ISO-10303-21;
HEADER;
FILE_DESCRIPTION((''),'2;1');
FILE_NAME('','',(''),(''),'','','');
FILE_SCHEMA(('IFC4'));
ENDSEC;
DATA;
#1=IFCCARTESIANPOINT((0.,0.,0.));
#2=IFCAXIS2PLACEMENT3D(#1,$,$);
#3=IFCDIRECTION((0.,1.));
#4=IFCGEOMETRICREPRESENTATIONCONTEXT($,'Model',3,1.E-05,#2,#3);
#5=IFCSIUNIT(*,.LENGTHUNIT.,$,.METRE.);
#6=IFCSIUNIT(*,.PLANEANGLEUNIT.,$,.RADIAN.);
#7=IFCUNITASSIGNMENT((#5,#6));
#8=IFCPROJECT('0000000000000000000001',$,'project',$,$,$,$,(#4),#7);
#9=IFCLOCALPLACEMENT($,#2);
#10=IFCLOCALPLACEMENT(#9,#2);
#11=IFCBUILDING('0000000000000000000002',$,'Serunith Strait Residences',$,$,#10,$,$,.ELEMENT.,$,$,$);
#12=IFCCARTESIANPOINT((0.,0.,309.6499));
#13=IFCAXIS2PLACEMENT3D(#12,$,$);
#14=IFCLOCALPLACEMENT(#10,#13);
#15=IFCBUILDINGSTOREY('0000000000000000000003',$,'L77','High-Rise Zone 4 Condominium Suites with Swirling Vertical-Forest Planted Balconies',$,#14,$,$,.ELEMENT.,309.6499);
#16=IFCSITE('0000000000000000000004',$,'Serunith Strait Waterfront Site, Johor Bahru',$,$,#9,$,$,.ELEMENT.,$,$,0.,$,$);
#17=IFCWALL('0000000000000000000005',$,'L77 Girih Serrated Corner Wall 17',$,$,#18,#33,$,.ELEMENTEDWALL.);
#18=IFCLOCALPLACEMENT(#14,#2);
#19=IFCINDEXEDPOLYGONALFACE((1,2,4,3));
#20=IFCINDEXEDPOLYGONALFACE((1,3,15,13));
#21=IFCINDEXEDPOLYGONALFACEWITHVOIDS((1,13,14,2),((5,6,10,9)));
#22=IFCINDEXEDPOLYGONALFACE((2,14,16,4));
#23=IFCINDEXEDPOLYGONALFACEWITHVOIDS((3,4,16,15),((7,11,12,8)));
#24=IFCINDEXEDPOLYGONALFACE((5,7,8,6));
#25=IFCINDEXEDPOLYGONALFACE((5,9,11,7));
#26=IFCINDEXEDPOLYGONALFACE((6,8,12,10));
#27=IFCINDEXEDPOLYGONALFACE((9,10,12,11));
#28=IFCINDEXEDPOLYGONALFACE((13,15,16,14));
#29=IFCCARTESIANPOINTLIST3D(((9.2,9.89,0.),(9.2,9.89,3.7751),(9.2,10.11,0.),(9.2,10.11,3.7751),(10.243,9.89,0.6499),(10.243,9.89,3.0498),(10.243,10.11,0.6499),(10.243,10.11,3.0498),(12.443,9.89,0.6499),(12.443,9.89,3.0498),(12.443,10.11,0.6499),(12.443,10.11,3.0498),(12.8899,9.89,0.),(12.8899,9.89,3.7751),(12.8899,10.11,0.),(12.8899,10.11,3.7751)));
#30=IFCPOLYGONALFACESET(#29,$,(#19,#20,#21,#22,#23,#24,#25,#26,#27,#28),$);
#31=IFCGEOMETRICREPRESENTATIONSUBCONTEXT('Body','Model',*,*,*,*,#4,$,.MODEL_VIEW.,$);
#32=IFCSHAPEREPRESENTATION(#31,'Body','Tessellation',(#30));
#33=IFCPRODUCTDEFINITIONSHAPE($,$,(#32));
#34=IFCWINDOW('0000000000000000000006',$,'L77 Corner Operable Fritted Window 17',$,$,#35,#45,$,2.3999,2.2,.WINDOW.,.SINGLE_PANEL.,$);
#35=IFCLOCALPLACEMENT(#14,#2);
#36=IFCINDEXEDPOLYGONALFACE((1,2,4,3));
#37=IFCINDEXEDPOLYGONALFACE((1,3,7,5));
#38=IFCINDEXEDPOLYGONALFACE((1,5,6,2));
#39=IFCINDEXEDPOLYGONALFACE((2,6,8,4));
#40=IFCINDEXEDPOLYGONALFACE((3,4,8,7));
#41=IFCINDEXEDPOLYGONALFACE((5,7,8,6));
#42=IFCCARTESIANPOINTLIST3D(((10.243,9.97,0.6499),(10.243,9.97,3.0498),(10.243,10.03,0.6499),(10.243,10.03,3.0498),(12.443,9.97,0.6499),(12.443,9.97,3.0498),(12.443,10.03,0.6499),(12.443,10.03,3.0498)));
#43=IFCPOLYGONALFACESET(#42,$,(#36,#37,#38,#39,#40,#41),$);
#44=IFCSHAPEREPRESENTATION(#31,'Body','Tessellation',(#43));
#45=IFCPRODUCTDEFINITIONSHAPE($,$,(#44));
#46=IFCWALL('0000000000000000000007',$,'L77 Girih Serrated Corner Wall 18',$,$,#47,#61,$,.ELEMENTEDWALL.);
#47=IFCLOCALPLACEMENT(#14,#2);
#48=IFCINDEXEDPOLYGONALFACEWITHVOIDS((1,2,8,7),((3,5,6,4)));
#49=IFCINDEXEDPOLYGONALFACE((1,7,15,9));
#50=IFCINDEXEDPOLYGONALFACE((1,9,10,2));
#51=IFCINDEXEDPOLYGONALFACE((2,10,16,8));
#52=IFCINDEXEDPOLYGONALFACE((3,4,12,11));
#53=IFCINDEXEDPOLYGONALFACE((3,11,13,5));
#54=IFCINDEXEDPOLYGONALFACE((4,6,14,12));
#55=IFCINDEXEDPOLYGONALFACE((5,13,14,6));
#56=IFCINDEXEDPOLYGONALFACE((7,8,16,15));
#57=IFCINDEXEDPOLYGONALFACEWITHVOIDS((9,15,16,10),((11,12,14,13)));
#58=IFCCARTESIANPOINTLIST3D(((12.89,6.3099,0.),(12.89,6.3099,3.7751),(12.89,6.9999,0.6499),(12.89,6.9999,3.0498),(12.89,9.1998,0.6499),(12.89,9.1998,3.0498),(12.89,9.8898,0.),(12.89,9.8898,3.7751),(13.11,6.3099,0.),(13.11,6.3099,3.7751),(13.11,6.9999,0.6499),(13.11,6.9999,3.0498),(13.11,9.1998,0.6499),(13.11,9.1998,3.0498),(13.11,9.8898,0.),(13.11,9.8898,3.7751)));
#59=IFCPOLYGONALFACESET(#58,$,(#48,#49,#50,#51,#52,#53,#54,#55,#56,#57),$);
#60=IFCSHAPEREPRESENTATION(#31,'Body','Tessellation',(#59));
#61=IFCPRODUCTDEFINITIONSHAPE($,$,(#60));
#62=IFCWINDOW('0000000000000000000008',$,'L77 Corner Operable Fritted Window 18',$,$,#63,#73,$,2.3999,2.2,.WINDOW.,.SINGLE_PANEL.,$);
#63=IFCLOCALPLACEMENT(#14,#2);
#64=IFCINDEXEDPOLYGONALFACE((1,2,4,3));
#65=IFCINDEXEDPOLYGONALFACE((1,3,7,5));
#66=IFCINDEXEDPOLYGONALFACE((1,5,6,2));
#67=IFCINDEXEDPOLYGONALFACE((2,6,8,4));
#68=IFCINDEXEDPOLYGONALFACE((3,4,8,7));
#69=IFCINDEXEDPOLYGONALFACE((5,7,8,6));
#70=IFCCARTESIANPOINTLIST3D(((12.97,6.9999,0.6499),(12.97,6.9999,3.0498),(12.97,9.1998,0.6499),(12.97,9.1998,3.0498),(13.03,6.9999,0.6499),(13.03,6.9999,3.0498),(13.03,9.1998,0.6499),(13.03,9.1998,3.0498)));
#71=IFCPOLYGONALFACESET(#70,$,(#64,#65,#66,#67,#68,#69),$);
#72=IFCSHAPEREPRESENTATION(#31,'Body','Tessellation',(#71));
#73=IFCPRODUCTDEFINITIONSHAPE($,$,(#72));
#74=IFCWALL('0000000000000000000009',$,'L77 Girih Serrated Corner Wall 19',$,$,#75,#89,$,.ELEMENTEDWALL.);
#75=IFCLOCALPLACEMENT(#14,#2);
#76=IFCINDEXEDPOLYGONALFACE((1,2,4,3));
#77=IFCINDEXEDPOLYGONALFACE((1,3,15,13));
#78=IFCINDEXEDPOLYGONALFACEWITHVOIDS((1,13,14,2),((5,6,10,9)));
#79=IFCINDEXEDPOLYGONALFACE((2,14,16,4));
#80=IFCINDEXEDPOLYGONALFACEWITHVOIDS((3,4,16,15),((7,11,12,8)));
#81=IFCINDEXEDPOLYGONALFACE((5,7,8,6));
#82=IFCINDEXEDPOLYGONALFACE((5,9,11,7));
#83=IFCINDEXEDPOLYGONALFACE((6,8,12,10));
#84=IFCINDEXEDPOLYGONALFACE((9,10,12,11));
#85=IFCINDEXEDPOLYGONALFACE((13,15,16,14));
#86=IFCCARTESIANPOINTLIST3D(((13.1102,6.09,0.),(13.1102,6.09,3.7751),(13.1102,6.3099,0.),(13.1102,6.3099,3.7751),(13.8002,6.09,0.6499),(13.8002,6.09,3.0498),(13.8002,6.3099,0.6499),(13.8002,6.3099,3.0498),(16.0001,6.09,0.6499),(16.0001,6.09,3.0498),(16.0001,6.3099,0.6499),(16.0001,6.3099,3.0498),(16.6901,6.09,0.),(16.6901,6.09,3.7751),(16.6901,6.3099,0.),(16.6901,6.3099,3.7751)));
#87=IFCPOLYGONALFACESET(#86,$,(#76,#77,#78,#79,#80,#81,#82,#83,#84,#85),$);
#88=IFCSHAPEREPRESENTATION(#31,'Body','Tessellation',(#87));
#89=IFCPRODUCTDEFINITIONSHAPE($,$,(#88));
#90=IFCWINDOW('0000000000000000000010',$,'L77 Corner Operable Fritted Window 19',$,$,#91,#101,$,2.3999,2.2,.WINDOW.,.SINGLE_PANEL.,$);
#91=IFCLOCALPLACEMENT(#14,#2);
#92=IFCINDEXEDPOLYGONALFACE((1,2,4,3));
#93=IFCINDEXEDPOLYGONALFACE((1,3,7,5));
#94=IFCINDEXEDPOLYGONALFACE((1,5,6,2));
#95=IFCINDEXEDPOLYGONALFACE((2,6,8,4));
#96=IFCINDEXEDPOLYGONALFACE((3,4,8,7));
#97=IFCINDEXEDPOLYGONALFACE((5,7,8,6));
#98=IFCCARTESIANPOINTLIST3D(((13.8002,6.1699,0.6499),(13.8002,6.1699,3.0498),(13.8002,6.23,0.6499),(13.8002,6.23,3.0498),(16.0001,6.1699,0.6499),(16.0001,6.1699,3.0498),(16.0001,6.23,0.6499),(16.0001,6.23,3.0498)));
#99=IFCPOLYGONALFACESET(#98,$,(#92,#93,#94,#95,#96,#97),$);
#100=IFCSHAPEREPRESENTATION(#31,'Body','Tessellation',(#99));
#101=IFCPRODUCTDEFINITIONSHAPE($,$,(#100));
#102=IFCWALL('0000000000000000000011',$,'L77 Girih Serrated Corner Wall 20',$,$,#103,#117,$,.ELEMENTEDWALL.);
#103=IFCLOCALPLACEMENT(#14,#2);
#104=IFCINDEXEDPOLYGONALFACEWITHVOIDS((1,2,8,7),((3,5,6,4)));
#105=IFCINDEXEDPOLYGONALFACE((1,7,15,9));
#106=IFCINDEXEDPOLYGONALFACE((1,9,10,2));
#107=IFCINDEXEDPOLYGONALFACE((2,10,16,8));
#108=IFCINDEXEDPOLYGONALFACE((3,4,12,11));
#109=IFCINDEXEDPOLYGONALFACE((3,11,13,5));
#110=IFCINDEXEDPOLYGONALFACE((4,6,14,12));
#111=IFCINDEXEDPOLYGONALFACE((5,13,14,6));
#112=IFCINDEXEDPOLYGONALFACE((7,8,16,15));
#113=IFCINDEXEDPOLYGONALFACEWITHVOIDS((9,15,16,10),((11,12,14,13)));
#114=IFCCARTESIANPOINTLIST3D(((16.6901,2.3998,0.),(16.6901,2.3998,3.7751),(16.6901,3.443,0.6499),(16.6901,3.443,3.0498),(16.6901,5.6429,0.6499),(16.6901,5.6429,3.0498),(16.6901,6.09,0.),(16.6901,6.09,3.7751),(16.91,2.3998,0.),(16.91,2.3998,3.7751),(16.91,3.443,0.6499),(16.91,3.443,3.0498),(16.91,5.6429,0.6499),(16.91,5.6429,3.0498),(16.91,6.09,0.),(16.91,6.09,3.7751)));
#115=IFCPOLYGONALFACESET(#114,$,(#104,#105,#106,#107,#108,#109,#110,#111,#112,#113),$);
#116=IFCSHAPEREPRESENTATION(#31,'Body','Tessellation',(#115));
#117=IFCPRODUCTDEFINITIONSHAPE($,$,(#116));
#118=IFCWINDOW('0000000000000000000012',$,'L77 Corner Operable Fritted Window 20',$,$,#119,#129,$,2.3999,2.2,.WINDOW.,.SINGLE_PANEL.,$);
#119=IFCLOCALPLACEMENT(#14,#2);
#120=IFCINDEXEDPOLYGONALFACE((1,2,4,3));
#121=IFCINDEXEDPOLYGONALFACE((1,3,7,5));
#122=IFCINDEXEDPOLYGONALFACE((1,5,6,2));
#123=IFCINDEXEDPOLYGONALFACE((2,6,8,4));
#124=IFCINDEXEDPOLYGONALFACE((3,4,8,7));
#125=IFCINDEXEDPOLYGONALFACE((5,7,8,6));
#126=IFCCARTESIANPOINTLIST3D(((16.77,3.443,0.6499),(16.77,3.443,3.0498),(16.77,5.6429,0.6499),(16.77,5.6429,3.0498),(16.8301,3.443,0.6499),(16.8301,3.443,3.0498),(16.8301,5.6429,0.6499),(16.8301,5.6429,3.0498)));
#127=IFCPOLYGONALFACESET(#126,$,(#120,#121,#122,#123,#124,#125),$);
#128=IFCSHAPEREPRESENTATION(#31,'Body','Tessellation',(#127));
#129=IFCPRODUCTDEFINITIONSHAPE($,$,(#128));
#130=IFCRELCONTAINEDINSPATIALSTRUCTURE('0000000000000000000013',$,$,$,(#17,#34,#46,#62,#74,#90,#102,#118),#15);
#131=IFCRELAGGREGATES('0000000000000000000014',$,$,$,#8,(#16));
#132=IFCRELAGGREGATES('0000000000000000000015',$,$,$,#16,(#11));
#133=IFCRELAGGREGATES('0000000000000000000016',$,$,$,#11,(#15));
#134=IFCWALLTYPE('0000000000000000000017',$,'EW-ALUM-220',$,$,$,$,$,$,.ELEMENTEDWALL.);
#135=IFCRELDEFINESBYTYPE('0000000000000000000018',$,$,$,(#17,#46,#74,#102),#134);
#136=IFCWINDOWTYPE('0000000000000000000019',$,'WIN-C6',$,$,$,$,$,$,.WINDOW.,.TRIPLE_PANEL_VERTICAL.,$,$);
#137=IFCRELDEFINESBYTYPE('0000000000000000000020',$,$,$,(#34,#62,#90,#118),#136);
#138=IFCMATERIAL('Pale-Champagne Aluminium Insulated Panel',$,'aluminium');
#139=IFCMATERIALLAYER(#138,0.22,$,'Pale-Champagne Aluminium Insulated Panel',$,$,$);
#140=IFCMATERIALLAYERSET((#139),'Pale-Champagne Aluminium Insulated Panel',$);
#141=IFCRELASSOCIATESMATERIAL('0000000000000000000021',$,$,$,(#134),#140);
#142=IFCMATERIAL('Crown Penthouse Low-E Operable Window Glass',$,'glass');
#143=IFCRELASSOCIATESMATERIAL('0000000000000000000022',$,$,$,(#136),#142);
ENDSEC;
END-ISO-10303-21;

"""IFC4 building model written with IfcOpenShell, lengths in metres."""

from ifc_helpers import new_model, si_unit, direction, frame, frame_2d, origin, place, context, subcontext, project, spatial, rectangle, extrude, source, transform, mapped, material, layer, layer_set, type_object, element, fill, save


model = new_model("IFC4")

# Units and contexts
model_context = context("Model", 3, precision=1e-05, world=origin(), true_north=direction((0.0, 1.0)))
body_context = subcontext(model_context, "Body", "Model", "MODEL_VIEW")
ifc_project = project(units=[si_unit("LENGTHUNIT", "METRE"), si_unit("PLANEANGLEUNIT", "RADIAN")], contexts=[model_context])

# Site, building, storey
site_placement = place(None, origin())
site = spatial("IfcSite", under=ifc_project, at=site_placement, Name="Serunith Strait Waterfront Site, Johor Bahru", CompositionType="ELEMENT", RefElevation=0.0)
building_placement = place(site_placement, origin())
building = spatial("IfcBuilding", under=site, at=building_placement, Name="Serunith Strait Residences", CompositionType="ELEMENT")
storey_placement = place(building_placement, frame((0.0, 0.0, 309.6499)))
storey = spatial("IfcBuildingStorey", under=building, at=storey_placement, Name="L77", Description="High-Rise Zone 4 Condominium Suites with Swirling Vertical-Forest Planted Balconies", CompositionType="ELEMENT", Elevation=309.6499)

# Walls, openings, windows
ifc_material_1 = material(Name="Pale-Champagne Aluminium Insulated Panel", Category="aluminium")
ifc_layer_1 = layer(ifc_material_1, 0.22, Name="Pale-Champagne Aluminium Insulated Panel")
ifc_layer_set_1 = layer_set([ifc_layer_1], Name="Pale-Champagne Aluminium Insulated Panel")
wall_type = type_object("IfcWallType", Name="EW-ALUM-220", PredefinedType="ELEMENTEDWALL", material=ifc_layer_set_1)
wall_1_placement = place(storey_placement, frame((9.2, 10.0, 0.0), z_axis=(0.0, 0.0, 1.0), x_axis=(1.0, 0.0, 0.0)))
wall_1 = element("IfcWall", 1, at=wall_1_placement, inside=storey, type_object=wall_type, Name="L77 Girih Serrated Corner Wall 17", PredefinedType="ELEMENTEDWALL", context=body_context, shape_type="SweptSolid", body=[
    extrude(rectangle(XDim=3.6899, YDim=0.22, at=frame_2d((1.845, 0.0))), origin(), (0.0, 0.0, 1.0), 3.7751),
])
opening_1_placement = place(wall_1_placement, frame((1.043, 0.0, 0.6499)))
opening_1 = element("IfcOpeningElement", 2, at=opening_1_placement, cuts=wall_1, PredefinedType="OPENING", context=body_context, shape_type="SweptSolid", body=[
    extrude(rectangle(XDim=2.2, YDim=2.3999, at=frame_2d((1.1001, 1.2))), frame((0.0, 0.1201, 0.0), z_axis=(0.0, -1.0, 0.0), x_axis=(1.0, 0.0, 0.0)), (0.0, 0.0, 1.0), 0.24),
])
ifc_material_2 = material(Name="Crown Penthouse Low-E Operable Window Glass", Category="glass")
window_type = type_object("IfcWindowType", Name="WIN-C6", PartitioningType="TRIPLE_PANEL_VERTICAL", PredefinedType="WINDOW", material=ifc_material_2)
shared_shape_1 = source(origin(), body_context, "Body", "SweptSolid", [
    extrude(rectangle(XDim=2.2, YDim=2.3999, at=frame_2d((1.1001, 1.2))), frame((0.0, 0.03, 0.0), z_axis=(0.0, -1.0, 0.0), x_axis=(1.0, 0.0, 0.0)), (0.0, 0.0, 1.0), 0.0601),
])
window_1_placement = place(opening_1_placement, origin())
window_1 = element("IfcWindow", 3, at=window_1_placement, inside=storey, type_object=window_type, Name="L77 Corner Operable Fritted Window 17", OverallHeight=2.3999, OverallWidth=2.2, PartitioningType="SINGLE_PANEL", PredefinedType="WINDOW", context=body_context, shape_type="MappedRepresentation", body=[
    mapped(shared_shape_1, transform((0.0, 0.0, 0.0), scale=1.0)),
])
fill(opening_1, window_1)
wall_2_placement = place(storey_placement, frame((13.0, 9.8899, 0.0), z_axis=(0.0, 0.0, 1.0), x_axis=(0.0, -1.0, 0.0)))
wall_2 = element("IfcWall", 4, at=wall_2_placement, inside=storey, type_object=wall_type, Name="L77 Girih Serrated Corner Wall 18", PredefinedType="ELEMENTEDWALL", context=body_context, shape_type="SweptSolid", body=[
    extrude(rectangle(XDim=3.5798, YDim=0.22, at=frame_2d((1.79, 0.0))), origin(), (0.0, 0.0, 1.0), 3.7751),
])
opening_2_placement = place(wall_2_placement, frame((0.6899, 0.0, 0.6499)))
opening_2 = element("IfcOpeningElement", 5, at=opening_2_placement, cuts=wall_2, PredefinedType="OPENING", context=body_context, shape_type="SweptSolid", body=[
    extrude(rectangle(XDim=2.2, YDim=2.3999, at=frame_2d((1.1001, 1.2))), frame((0.0, 0.1201, 0.0), z_axis=(0.0, -1.0, 0.0), x_axis=(1.0, 0.0, 0.0)), (0.0, 0.0, 1.0), 0.24),
])
window_2_placement = place(opening_2_placement, origin())
window_2 = element("IfcWindow", 6, at=window_2_placement, inside=storey, type_object=window_type, Name="L77 Corner Operable Fritted Window 18", OverallHeight=2.3999, OverallWidth=2.2, PartitioningType="SINGLE_PANEL", PredefinedType="WINDOW", context=body_context, shape_type="MappedRepresentation", body=[
    mapped(shared_shape_1, transform((0.0, 0.0, 0.0), scale=1.0)),
])
fill(opening_2, window_2)
wall_3_placement = place(storey_placement, frame((13.1101, 6.2, 0.0), z_axis=(0.0, 0.0, 1.0), x_axis=(1.0, 0.0, 0.0)))
wall_3 = element("IfcWall", 7, at=wall_3_placement, inside=storey, type_object=wall_type, Name="L77 Girih Serrated Corner Wall 19", PredefinedType="ELEMENTEDWALL", context=body_context, shape_type="SweptSolid", body=[
    extrude(rectangle(XDim=3.5798, YDim=0.22, at=frame_2d((1.79, 0.0))), origin(), (0.0, 0.0, 1.0), 3.7751),
])
opening_3_placement = place(wall_3_placement, frame((0.6899, 0.0, 0.6499)))
opening_3 = element("IfcOpeningElement", 8, at=opening_3_placement, cuts=wall_3, PredefinedType="OPENING", context=body_context, shape_type="SweptSolid", body=[
    extrude(rectangle(XDim=2.2, YDim=2.3999, at=frame_2d((1.1001, 1.2))), frame((0.0, 0.1201, 0.0), z_axis=(0.0, -1.0, 0.0), x_axis=(1.0, 0.0, 0.0)), (0.0, 0.0, 1.0), 0.24),
])
window_3_placement = place(opening_3_placement, origin())
window_3 = element("IfcWindow", 9, at=window_3_placement, inside=storey, type_object=window_type, Name="L77 Corner Operable Fritted Window 19", OverallHeight=2.3999, OverallWidth=2.2, PartitioningType="SINGLE_PANEL", PredefinedType="WINDOW", context=body_context, shape_type="MappedRepresentation", body=[
    mapped(shared_shape_1, transform((0.0, 0.0, 0.0), scale=1.0)),
])
fill(opening_3, window_3)
wall_4_placement = place(storey_placement, frame((16.8, 6.0901, 0.0), z_axis=(0.0, 0.0, 1.0), x_axis=(0.0, -1.0, 0.0)))
wall_4 = element("IfcWall", 10, at=wall_4_placement, inside=storey, type_object=wall_type, Name="L77 Girih Serrated Corner Wall 20", PredefinedType="ELEMENTEDWALL", context=body_context, shape_type="SweptSolid", body=[
    extrude(rectangle(XDim=3.6902, YDim=0.22, at=frame_2d((1.8452, 0.0))), origin(), (0.0, 0.0, 1.0), 3.7751),
])
opening_4_placement = place(wall_4_placement, frame((0.447, 0.0, 0.6499)))
opening_4 = element("IfcOpeningElement", 11, at=opening_4_placement, cuts=wall_4, PredefinedType="OPENING", context=body_context, shape_type="SweptSolid", body=[
    extrude(rectangle(XDim=2.2, YDim=2.3999, at=frame_2d((1.1001, 1.2))), frame((0.0, 0.1201, 0.0), z_axis=(0.0, -1.0, 0.0), x_axis=(1.0, 0.0, 0.0)), (0.0, 0.0, 1.0), 0.24),
])
window_4_placement = place(opening_4_placement, origin())
window_4 = element("IfcWindow", 12, at=window_4_placement, inside=storey, type_object=window_type, Name="L77 Corner Operable Fritted Window 20", OverallHeight=2.3999, OverallWidth=2.2, PartitioningType="SINGLE_PANEL", PredefinedType="WINDOW", context=body_context, shape_type="MappedRepresentation", body=[
    mapped(shared_shape_1, transform((0.0, 0.0, 0.0), scale=1.0)),
])
fill(opening_4, window_4)

save(model, "model.ifc")
